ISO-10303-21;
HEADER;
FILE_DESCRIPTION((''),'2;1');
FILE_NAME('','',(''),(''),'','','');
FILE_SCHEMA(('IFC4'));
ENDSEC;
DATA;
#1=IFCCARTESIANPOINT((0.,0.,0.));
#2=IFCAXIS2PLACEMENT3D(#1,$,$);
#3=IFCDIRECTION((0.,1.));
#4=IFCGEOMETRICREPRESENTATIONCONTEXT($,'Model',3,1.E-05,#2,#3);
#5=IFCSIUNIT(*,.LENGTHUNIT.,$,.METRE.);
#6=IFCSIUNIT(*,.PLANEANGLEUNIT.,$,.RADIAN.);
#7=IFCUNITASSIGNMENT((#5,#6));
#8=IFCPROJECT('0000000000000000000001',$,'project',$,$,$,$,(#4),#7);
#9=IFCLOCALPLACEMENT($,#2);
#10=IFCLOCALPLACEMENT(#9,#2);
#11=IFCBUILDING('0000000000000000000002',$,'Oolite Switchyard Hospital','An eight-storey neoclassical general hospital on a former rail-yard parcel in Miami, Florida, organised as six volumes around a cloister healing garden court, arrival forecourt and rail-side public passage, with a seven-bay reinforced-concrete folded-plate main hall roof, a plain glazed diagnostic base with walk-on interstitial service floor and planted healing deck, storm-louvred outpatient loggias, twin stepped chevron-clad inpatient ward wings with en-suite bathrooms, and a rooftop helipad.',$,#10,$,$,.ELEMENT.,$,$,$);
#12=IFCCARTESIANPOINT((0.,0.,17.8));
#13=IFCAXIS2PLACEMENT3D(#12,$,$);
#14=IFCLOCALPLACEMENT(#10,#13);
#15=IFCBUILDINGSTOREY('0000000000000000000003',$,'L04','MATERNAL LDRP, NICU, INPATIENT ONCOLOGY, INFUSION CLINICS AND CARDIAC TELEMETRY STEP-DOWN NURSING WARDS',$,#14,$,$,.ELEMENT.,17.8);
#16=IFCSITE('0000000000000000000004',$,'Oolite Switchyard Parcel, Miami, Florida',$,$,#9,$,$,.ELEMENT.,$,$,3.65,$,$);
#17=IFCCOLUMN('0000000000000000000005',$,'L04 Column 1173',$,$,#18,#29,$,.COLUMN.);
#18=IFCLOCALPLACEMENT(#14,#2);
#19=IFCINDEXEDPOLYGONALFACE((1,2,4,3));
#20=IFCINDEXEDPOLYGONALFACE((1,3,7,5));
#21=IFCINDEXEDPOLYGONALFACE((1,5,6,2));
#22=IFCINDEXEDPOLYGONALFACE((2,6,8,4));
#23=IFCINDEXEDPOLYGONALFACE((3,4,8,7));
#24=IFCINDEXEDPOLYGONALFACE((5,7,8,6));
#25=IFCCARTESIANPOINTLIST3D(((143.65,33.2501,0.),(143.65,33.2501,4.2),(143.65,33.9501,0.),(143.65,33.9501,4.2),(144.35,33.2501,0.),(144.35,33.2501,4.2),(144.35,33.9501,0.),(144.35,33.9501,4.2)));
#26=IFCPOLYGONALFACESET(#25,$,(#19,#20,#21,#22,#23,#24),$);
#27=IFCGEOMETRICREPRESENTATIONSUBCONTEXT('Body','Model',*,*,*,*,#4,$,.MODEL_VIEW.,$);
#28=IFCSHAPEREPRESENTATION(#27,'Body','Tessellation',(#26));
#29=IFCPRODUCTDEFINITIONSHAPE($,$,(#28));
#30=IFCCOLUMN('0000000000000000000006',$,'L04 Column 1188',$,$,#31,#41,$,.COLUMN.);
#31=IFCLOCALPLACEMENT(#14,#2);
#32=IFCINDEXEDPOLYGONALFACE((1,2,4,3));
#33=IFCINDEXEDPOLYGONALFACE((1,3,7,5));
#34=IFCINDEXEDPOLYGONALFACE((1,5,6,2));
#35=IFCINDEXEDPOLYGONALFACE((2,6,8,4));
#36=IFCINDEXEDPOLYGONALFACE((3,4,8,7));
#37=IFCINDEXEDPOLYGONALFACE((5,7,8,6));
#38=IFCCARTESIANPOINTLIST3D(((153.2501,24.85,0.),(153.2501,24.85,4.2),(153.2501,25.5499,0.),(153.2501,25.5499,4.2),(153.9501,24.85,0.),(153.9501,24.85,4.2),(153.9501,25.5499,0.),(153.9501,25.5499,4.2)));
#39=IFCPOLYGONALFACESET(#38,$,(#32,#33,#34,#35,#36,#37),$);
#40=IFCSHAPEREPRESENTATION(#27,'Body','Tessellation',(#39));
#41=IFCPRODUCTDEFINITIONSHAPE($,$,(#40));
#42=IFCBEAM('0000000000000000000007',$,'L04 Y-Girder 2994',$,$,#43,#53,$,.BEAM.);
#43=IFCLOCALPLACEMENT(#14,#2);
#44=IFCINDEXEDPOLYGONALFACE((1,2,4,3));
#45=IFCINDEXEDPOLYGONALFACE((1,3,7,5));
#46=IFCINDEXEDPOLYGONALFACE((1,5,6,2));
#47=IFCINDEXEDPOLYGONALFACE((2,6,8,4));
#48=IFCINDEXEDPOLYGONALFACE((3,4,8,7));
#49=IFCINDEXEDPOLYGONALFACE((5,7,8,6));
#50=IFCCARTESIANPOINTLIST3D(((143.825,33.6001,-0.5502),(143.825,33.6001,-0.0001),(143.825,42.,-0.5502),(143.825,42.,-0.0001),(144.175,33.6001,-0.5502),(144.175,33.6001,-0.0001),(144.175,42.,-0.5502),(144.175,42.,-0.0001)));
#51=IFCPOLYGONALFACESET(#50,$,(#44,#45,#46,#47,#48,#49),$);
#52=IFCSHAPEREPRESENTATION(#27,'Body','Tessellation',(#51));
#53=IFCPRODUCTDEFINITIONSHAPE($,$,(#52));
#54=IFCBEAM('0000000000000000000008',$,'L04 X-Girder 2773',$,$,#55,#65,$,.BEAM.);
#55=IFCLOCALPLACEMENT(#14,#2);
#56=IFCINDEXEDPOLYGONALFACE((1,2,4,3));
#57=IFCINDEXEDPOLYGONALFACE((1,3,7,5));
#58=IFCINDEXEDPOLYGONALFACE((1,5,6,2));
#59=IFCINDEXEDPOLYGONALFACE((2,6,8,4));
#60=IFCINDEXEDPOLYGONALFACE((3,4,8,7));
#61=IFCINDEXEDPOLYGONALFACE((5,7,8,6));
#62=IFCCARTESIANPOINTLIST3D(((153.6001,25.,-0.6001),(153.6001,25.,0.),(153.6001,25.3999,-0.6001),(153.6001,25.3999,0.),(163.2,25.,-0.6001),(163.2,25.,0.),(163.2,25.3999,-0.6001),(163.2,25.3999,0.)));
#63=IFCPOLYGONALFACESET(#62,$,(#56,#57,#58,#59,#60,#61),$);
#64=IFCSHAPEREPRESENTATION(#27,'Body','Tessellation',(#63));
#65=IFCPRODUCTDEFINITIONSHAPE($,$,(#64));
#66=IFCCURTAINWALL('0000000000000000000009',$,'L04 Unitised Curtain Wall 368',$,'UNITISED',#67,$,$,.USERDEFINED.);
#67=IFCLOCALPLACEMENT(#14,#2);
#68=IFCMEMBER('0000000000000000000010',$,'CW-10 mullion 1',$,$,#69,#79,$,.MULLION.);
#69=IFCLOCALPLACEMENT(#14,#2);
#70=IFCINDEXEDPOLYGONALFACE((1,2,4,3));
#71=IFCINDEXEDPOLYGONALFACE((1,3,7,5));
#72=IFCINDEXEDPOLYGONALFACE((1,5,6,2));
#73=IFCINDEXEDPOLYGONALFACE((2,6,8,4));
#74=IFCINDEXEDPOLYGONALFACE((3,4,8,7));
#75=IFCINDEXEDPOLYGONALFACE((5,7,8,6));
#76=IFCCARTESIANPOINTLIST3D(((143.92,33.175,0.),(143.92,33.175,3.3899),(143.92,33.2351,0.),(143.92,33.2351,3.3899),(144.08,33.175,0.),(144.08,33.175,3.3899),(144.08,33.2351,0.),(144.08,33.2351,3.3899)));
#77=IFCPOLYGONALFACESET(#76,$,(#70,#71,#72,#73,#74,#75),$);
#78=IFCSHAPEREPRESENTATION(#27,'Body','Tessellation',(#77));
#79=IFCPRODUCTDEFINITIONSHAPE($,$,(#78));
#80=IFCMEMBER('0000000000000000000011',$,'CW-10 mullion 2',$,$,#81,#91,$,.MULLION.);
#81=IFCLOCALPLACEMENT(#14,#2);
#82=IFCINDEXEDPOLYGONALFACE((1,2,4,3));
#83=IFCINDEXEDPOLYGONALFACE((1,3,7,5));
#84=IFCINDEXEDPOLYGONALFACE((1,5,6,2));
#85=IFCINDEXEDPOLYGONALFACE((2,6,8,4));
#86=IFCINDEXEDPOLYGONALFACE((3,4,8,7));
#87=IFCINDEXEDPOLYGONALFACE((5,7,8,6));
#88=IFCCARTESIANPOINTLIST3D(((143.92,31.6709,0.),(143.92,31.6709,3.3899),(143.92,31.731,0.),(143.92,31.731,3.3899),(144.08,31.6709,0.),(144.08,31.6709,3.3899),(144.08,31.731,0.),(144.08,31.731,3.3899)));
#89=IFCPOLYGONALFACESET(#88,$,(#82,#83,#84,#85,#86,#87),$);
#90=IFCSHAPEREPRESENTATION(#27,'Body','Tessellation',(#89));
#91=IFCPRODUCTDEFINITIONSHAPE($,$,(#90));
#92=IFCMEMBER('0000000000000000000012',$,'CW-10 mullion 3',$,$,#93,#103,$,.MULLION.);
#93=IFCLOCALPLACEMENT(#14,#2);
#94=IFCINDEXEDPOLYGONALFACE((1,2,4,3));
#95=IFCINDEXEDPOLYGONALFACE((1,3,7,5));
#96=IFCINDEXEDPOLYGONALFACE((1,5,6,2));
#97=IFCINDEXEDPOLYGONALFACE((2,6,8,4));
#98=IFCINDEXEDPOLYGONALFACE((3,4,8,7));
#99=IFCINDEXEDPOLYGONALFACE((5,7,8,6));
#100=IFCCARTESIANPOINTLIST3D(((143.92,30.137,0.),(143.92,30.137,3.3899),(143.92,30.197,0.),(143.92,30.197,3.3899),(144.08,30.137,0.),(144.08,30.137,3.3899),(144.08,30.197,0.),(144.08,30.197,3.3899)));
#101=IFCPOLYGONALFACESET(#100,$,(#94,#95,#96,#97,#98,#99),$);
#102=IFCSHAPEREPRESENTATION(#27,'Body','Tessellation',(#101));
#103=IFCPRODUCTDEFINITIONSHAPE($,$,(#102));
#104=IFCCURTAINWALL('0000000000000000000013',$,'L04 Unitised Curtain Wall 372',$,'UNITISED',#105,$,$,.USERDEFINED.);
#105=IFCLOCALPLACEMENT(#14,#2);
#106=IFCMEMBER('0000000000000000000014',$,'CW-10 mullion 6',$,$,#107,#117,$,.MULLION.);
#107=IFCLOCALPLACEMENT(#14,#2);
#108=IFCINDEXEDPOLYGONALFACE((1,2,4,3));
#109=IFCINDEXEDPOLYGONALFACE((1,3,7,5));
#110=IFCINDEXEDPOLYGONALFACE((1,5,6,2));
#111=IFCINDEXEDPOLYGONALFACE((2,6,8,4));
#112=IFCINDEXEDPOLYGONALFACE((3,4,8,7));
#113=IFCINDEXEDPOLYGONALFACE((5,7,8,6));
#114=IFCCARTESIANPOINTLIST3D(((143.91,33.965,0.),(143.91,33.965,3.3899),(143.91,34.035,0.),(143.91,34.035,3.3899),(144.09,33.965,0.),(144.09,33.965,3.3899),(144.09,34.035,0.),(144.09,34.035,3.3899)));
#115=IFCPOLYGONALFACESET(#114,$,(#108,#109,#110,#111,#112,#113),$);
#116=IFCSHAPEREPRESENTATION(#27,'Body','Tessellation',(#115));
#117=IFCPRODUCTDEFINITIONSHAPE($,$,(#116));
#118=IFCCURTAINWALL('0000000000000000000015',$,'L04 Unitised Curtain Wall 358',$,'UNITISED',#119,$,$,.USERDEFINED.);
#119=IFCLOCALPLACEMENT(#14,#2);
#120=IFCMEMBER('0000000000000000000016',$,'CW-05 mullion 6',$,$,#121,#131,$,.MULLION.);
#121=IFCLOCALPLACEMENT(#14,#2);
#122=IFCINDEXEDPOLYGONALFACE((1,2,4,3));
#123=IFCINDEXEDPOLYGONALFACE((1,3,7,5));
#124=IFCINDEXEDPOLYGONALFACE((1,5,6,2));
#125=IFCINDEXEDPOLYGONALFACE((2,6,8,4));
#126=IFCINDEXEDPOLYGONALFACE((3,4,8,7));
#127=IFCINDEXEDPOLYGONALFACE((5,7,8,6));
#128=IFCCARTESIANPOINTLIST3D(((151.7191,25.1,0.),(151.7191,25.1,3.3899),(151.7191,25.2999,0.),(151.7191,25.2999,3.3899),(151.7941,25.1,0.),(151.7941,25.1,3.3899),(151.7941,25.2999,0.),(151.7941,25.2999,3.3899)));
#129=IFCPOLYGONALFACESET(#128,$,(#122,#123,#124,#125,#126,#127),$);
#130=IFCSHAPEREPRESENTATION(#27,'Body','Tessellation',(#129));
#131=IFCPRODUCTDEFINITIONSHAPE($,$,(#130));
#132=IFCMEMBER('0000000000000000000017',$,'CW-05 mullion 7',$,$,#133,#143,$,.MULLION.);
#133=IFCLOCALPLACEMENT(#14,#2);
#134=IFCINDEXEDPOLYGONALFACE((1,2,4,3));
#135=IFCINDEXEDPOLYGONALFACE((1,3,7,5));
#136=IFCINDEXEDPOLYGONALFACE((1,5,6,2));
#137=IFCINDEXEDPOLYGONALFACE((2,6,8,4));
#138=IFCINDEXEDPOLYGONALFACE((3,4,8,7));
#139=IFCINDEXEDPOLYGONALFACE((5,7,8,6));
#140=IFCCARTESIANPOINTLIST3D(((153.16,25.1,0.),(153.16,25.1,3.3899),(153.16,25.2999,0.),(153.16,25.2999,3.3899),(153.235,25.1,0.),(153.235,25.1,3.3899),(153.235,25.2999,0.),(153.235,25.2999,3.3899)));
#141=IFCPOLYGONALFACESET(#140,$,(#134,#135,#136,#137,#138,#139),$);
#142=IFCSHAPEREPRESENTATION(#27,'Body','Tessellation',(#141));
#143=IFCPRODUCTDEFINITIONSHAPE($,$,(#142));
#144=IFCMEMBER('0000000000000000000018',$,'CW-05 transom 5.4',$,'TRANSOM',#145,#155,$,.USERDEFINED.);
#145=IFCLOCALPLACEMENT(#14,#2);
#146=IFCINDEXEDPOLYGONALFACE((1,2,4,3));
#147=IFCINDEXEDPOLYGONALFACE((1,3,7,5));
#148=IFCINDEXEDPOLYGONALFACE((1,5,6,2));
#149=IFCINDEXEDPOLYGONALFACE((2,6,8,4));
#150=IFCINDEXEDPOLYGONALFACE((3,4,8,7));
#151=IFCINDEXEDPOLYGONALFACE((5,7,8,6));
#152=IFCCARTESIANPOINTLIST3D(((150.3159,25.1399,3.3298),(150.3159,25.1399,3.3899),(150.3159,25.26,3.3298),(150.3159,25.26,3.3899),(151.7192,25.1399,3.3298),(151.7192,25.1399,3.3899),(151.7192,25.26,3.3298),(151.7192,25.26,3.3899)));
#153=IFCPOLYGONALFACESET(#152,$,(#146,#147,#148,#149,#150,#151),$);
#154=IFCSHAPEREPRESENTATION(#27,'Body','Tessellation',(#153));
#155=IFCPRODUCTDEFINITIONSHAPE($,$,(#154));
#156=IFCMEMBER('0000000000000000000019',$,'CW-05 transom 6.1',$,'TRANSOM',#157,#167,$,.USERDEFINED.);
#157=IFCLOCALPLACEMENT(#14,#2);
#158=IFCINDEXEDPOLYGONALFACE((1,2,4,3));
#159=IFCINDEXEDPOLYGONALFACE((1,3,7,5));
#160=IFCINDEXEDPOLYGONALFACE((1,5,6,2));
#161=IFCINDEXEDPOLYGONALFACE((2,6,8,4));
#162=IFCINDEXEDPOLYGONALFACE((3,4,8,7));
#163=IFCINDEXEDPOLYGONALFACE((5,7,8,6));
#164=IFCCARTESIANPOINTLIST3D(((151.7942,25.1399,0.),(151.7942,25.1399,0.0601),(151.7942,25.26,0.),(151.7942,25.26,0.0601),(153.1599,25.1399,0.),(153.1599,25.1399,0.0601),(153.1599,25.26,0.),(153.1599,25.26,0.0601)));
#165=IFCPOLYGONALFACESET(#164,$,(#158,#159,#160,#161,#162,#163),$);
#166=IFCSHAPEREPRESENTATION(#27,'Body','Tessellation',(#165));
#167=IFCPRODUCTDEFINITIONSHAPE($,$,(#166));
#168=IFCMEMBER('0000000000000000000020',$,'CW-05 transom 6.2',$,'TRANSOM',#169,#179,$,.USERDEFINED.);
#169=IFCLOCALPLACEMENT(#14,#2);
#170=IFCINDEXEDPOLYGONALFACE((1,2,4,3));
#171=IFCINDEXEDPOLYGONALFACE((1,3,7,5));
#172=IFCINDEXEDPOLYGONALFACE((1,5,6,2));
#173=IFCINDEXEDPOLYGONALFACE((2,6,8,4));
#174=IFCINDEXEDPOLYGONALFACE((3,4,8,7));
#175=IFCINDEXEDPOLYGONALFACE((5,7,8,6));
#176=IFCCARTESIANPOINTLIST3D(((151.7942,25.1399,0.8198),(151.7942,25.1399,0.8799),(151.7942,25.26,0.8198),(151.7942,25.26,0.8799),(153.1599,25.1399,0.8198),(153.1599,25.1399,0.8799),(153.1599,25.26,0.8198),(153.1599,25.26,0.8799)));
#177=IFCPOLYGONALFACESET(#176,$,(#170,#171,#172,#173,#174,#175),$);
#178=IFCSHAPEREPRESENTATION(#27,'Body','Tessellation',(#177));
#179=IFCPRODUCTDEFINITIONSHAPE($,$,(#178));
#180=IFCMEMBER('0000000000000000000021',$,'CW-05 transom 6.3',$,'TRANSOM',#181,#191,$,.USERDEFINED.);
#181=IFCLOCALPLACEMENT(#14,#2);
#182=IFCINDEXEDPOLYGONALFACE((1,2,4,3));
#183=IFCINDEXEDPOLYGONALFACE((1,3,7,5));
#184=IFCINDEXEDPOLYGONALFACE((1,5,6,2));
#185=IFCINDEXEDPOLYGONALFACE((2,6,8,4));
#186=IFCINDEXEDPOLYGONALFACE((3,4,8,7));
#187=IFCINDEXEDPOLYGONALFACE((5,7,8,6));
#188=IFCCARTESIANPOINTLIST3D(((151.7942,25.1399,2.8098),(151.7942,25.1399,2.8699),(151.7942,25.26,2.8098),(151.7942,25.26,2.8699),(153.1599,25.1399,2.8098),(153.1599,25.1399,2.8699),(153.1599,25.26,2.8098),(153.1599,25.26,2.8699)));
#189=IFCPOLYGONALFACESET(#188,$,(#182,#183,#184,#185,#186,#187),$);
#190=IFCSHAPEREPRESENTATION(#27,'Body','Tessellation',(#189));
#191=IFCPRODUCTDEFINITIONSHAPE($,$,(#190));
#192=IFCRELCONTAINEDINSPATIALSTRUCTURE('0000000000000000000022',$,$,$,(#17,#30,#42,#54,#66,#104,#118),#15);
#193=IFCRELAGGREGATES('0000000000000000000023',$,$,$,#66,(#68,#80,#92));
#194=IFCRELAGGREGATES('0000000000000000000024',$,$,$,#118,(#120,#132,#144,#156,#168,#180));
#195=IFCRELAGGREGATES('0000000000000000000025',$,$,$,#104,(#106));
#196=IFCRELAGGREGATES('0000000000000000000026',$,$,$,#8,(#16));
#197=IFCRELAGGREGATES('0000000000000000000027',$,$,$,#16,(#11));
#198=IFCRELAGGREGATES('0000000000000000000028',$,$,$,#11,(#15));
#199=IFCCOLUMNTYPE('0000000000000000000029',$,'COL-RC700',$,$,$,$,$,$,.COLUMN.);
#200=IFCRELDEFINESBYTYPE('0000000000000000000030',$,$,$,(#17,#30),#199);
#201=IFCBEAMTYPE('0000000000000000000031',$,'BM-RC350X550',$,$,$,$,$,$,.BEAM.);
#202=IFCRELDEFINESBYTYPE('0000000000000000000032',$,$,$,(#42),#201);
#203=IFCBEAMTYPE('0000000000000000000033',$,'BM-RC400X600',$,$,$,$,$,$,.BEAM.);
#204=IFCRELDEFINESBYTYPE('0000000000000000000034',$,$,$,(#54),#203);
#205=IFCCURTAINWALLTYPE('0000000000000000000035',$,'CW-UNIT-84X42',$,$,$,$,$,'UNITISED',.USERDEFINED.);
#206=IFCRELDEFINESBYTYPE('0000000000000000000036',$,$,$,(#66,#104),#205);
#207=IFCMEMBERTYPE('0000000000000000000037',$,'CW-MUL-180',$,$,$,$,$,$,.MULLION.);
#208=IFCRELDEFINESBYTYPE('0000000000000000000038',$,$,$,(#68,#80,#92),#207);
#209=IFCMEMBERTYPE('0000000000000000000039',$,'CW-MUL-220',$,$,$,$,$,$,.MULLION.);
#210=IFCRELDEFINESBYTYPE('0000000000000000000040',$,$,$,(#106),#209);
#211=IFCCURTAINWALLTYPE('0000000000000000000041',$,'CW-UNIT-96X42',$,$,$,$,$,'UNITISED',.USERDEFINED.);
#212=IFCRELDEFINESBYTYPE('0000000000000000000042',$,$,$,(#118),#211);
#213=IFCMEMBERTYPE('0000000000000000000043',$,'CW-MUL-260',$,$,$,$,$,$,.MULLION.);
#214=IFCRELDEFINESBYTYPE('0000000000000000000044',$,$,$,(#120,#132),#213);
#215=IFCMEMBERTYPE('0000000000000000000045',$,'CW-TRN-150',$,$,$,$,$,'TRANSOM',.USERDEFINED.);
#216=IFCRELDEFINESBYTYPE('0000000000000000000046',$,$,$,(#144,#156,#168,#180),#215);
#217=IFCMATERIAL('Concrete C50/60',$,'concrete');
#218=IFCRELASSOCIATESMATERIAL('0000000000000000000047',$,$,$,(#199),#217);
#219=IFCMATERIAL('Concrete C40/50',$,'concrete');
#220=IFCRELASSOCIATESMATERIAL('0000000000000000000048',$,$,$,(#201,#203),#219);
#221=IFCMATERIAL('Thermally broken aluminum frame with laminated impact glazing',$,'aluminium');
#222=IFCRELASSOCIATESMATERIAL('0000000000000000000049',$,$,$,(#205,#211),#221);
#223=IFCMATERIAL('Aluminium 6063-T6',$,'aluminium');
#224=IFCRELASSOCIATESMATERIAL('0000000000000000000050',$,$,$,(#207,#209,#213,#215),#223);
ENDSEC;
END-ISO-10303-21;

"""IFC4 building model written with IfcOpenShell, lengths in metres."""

from ifc_helpers import new_model, si_unit, direction, frame, origin, origin_2d, place, context, subcontext, project, spatial, rectangle, extrude, material, material_profile, profile_set, type_object, element, aggregate, save


model = new_model("IFC4")

# Units and contexts
model_context = context("Model", 3, precision=1e-05, world=origin(), true_north=direction((0.0, 1.0)))
body_context = subcontext(model_context, "Body", "Model", "MODEL_VIEW")
ifc_project = project(units=[si_unit("LENGTHUNIT", "METRE"), si_unit("PLANEANGLEUNIT", "RADIAN")], contexts=[model_context])

# Site, building, storey
site_placement = place(None, origin())
site = spatial("IfcSite", under=ifc_project, at=site_placement, Name="Oolite Switchyard Parcel, Miami, Florida", CompositionType="ELEMENT", RefElevation=3.65)
building_placement = place(site_placement, origin())
building = spatial("IfcBuilding", under=site, at=building_placement, Name="Oolite Switchyard Hospital", Description="An eight-storey neoclassical general hospital on a former rail-yard parcel in Miami, Florida, organised as six volumes around a cloister healing garden court, arrival forecourt and rail-side public passage, with a seven-bay reinforced-concrete folded-plate main hall roof, a plain glazed diagnostic base with walk-on interstitial service floor and planted healing deck, storm-louvred outpatient loggias, twin stepped chevron-clad inpatient ward wings with en-suite bathrooms, and a rooftop helipad.", CompositionType="ELEMENT")
storey_placement = place(building_placement, frame((0.0, 0.0, 17.8)))
storey = spatial("IfcBuildingStorey", under=building, at=storey_placement, Name="L04", Description="MATERNAL LDRP, NICU, INPATIENT ONCOLOGY, INFUSION CLINICS AND CARDIAC TELEMETRY STEP-DOWN NURSING WARDS", CompositionType="ELEMENT", Elevation=17.8)

# Columns
ifc_material_1 = material(Name="Concrete C50/60", Category="concrete")
ifc_material_profile_1 = material_profile(ifc_material_1, rectangle(XDim=0.7, YDim=0.7, at=origin_2d()), Name="RC700X700")
ifc_profile_set_1 = profile_set([ifc_material_profile_1], Name="Concrete C50/60")
column_type = type_object("IfcColumnType", Name="COL-RC700", PredefinedType="COLUMN", material=ifc_profile_set_1)
for number, where, z_axis, x_axis, name in (
    (1, (144.0, 33.6001, 0.0), (0.0, 0.0, 1.0), (1.0, 0.0, 0.0), "L04 Column 1173"),
    (2, (153.6001, 25.2, 0.0), (0.0, 0.0, 1.0), (1.0, 0.0, 0.0), "L04 Column 1188"),
):
    element("IfcColumn", number, at=place(storey_placement, frame(where, z_axis=z_axis, x_axis=x_axis)), inside=storey, type_object=column_type, Name=name, PredefinedType="COLUMN", context=body_context, shape_type="SweptSolid", body=[
        extrude(rectangle(XDim=0.7, YDim=0.7, at=origin_2d()), origin(), (0.0, 0.0, 1.0), 4.2),
    ])

# Beams
ifc_material_2 = material(Name="Concrete C40/50", Category="concrete")
ifc_material_profile_2 = material_profile(ifc_material_2, rectangle(XDim=0.3501, YDim=0.55, at=origin_2d()), Name="RCB350X550")
ifc_profile_set_2 = profile_set([ifc_material_profile_2], Name="Concrete C40/50")
beam_type_1 = type_object("IfcBeamType", Name="BM-RC350X550", PredefinedType="BEAM", material=ifc_profile_set_2)
beam_1_placement = place(storey_placement, frame((144.0, 33.6001, -0.2751), z_axis=(0.0, 1.0, 0.0), x_axis=(-1.0, 0.0, 0.0)))
element("IfcBeam", 3, at=beam_1_placement, inside=storey, type_object=beam_type_1, Name="L04 Y-Girder 2994", PredefinedType="BEAM", context=body_context, shape_type="SweptSolid", body=[
    extrude(rectangle(XDim=0.3501, YDim=0.55, at=origin_2d()), origin(), (0.0, 0.0, 1.0), 8.3999),
])
ifc_material_profile_3 = material_profile(ifc_material_2, rectangle(XDim=0.3999, YDim=0.6001, at=origin_2d()), Name="RCB400X600")
ifc_profile_set_3 = profile_set([ifc_material_profile_3], Name="Concrete C40/50")
beam_type_2 = type_object("IfcBeamType", Name="BM-RC400X600", PredefinedType="BEAM", material=ifc_profile_set_3)
beam_2_placement = place(storey_placement, frame((153.6001, 25.2, -0.3), z_axis=(1.0, 0.0, 0.0), x_axis=(0.0, 1.0, 0.0)))
element("IfcBeam", 4, at=beam_2_placement, inside=storey, type_object=beam_type_2, Name="L04 X-Girder 2773", PredefinedType="BEAM", context=body_context, shape_type="SweptSolid", body=[
    extrude(rectangle(XDim=0.3999, YDim=0.6001, at=origin_2d()), origin(), (0.0, 0.0, 1.0), 9.5999),
])

# Curtain wall, members
ifc_material_3 = material(Name="Thermally broken aluminum frame with laminated impact glazing", Category="aluminium")
curtain_wall_type_1 = type_object("IfcCurtainWallType", Name="CW-UNIT-84X42", ElementType="UNITISED", PredefinedType="USERDEFINED", material=ifc_material_3)
curtain_wall_1_placement = place(storey_placement, origin())
curtain_wall_1 = element("IfcCurtainWall", 5, at=curtain_wall_1_placement, inside=storey, type_object=curtain_wall_type_1, Name="L04 Unitised Curtain Wall 368", ObjectType="UNITISED", PredefinedType="USERDEFINED")
ifc_material_4 = material(Name="Aluminium 6063-T6", Category="aluminium")
ifc_material_profile_4 = material_profile(ifc_material_4, rectangle(XDim=0.1599, YDim=0.0601, at=origin_2d()), Name="CWM60X160")
ifc_profile_set_4 = profile_set([ifc_material_profile_4], Name="Aluminium 6063-T6")
member_type_1 = type_object("IfcMemberType", Name="CW-MUL-180", PredefinedType="MULLION", material=ifc_profile_set_4)
member_1_placement = place(storey_placement, frame((144.0, 33.2051, 0.0), z_axis=(0.0, 0.0, 1.0), x_axis=(1.0, 0.0, 0.0)))
member_1 = element("IfcMember", 6, at=member_1_placement, type_object=member_type_1, Name="CW-10 mullion 1", PredefinedType="MULLION", context=body_context, shape_type="SweptSolid", body=[
    extrude(rectangle(XDim=0.1599, YDim=0.0601, at=origin_2d()), origin(), (0.0, 0.0, 1.0), 3.3899),
])
member_2_placement = place(storey_placement, frame((144.0, 31.7009, 0.0), z_axis=(0.0, 0.0, 1.0), x_axis=(1.0, 0.0, 0.0)))
member_2 = element("IfcMember", 7, at=member_2_placement, type_object=member_type_1, Name="CW-10 mullion 2", PredefinedType="MULLION", context=body_context, shape_type="SweptSolid", body=[
    extrude(rectangle(XDim=0.1599, YDim=0.0601, at=origin_2d()), origin(), (0.0, 0.0, 1.0), 3.3899),
])
member_3_placement = place(storey_placement, frame((144.0, 30.167, 0.0), z_axis=(0.0, 0.0, 1.0), x_axis=(1.0, 0.0, 0.0)))
member_3 = element("IfcMember", 8, at=member_3_placement, type_object=member_type_1, Name="CW-10 mullion 3", PredefinedType="MULLION", context=body_context, shape_type="SweptSolid", body=[
    extrude(rectangle(XDim=0.1599, YDim=0.0601, at=origin_2d()), origin(), (0.0, 0.0, 1.0), 3.3899),
])

# Curtain wall, member
curtain_wall_2_placement = place(storey_placement, origin())
curtain_wall_2 = element("IfcCurtainWall", 9, at=curtain_wall_2_placement, inside=storey, type_object=curtain_wall_type_1, Name="L04 Unitised Curtain Wall 372", ObjectType="UNITISED", PredefinedType="USERDEFINED")
ifc_material_profile_5 = material_profile(ifc_material_4, rectangle(XDim=0.1799, YDim=0.0701, at=origin_2d()), Name="CWM70X180")
ifc_profile_set_5 = profile_set([ifc_material_profile_5], Name="Aluminium 6063-T6")
member_type_2 = type_object("IfcMemberType", Name="CW-MUL-220", PredefinedType="MULLION", material=ifc_profile_set_5)
member_4_placement = place(storey_placement, frame((144.0, 34.0, 0.0), z_axis=(0.0, 0.0, 1.0), x_axis=(1.0, 0.0, 0.0)))
member_4 = element("IfcMember", 10, at=member_4_placement, type_object=member_type_2, Name="CW-10 mullion 6", PredefinedType="MULLION", context=body_context, shape_type="SweptSolid", body=[
    extrude(rectangle(XDim=0.1799, YDim=0.0701, at=origin_2d()), origin(), (0.0, 0.0, 1.0), 3.3899),
])

# Curtain wall, members
curtain_wall_type_2 = type_object("IfcCurtainWallType", Name="CW-UNIT-96X42", ElementType="UNITISED", PredefinedType="USERDEFINED", material=ifc_material_3)
curtain_wall_3_placement = place(storey_placement, origin())
curtain_wall_3 = element("IfcCurtainWall", 11, at=curtain_wall_3_placement, inside=storey, type_object=curtain_wall_type_2, Name="L04 Unitised Curtain Wall 358", ObjectType="UNITISED", PredefinedType="USERDEFINED")
ifc_material_profile_6 = material_profile(ifc_material_4, rectangle(XDim=0.2, YDim=0.075, at=origin_2d()), Name="CWM75X200")
ifc_profile_set_6 = profile_set([ifc_material_profile_6], Name="Aluminium 6063-T6")
member_type_3 = type_object("IfcMemberType", Name="CW-MUL-260", PredefinedType="MULLION", material=ifc_profile_set_6)
member_5_placement = place(storey_placement, frame((151.7566, 25.2, 0.0), z_axis=(0.0, 0.0, 1.0), x_axis=(0.0, 1.0, 0.0)))
member_5 = element("IfcMember", 12, at=member_5_placement, type_object=member_type_3, Name="CW-05 mullion 6", PredefinedType="MULLION", context=body_context, shape_type="SweptSolid", body=[
    extrude(rectangle(XDim=0.2, YDim=0.075, at=origin_2d()), origin(), (0.0, 0.0, 1.0), 3.3899),
])
member_6_placement = place(storey_placement, frame((153.1975, 25.2, 0.0), z_axis=(0.0, 0.0, 1.0), x_axis=(0.0, 1.0, 0.0)))
member_6 = element("IfcMember", 13, at=member_6_placement, type_object=member_type_3, Name="CW-05 mullion 7", PredefinedType="MULLION", context=body_context, shape_type="SweptSolid", body=[
    extrude(rectangle(XDim=0.2, YDim=0.075, at=origin_2d()), origin(), (0.0, 0.0, 1.0), 3.3899),
])
ifc_material_profile_7 = material_profile(ifc_material_4, rectangle(XDim=0.1201, YDim=0.0601, at=origin_2d()), Name="CWT60X120")
ifc_profile_set_7 = profile_set([ifc_material_profile_7], Name="Aluminium 6063-T6")
member_type_4 = type_object("IfcMemberType", Name="CW-TRN-150", ElementType="TRANSOM", PredefinedType="USERDEFINED", material=ifc_profile_set_7)
member_7_placement = place(storey_placement, frame((150.3159, 25.2, 3.3599), z_axis=(1.0, 0.0, 0.0), x_axis=(0.0, 1.0, 0.0)))
member_7 = element("IfcMember", 14, at=member_7_placement, type_object=member_type_4, Name="CW-05 transom 5.4", ObjectType="TRANSOM", PredefinedType="USERDEFINED", context=body_context, shape_type="SweptSolid", body=[
    extrude(rectangle(XDim=0.1201, YDim=0.0601, at=origin_2d()), origin(), (0.0, 0.0, 1.0), 1.4033),
])
member_8_placement = place(storey_placement, frame((151.7942, 25.2, 0.03), z_axis=(1.0, 0.0, 0.0), x_axis=(0.0, 1.0, 0.0)))
member_8 = element("IfcMember", 15, at=member_8_placement, type_object=member_type_4, Name="CW-05 transom 6.1", ObjectType="TRANSOM", PredefinedType="USERDEFINED", context=body_context, shape_type="SweptSolid", body=[
    extrude(rectangle(XDim=0.1201, YDim=0.0601, at=origin_2d()), origin(), (0.0, 0.0, 1.0), 1.3657),
])
member_9_placement = place(storey_placement, frame((151.7942, 25.2, 0.8499), z_axis=(1.0, 0.0, 0.0), x_axis=(0.0, 1.0, 0.0)))
member_9 = element("IfcMember", 16, at=member_9_placement, type_object=member_type_4, Name="CW-05 transom 6.2", ObjectType="TRANSOM", PredefinedType="USERDEFINED", context=body_context, shape_type="SweptSolid", body=[
    extrude(rectangle(XDim=0.1201, YDim=0.0601, at=origin_2d()), origin(), (0.0, 0.0, 1.0), 1.3657),
])
member_10_placement = place(storey_placement, frame((151.7942, 25.2, 2.8398), z_axis=(1.0, 0.0, 0.0), x_axis=(0.0, 1.0, 0.0)))
member_10 = element("IfcMember", 17, at=member_10_placement, type_object=member_type_4, Name="CW-05 transom 6.3", ObjectType="TRANSOM", PredefinedType="USERDEFINED", context=body_context, shape_type="SweptSolid", body=[
    extrude(rectangle(XDim=0.1201, YDim=0.0601, at=origin_2d()), origin(), (0.0, 0.0, 1.0), 1.3657),
])

aggregate(curtain_wall_1, [member_1, member_2, member_3])
aggregate(curtain_wall_3, [member_5, member_6, member_7, member_8, member_9, member_10])
aggregate(curtain_wall_2, [member_4])

save(model, "model.ifc")
